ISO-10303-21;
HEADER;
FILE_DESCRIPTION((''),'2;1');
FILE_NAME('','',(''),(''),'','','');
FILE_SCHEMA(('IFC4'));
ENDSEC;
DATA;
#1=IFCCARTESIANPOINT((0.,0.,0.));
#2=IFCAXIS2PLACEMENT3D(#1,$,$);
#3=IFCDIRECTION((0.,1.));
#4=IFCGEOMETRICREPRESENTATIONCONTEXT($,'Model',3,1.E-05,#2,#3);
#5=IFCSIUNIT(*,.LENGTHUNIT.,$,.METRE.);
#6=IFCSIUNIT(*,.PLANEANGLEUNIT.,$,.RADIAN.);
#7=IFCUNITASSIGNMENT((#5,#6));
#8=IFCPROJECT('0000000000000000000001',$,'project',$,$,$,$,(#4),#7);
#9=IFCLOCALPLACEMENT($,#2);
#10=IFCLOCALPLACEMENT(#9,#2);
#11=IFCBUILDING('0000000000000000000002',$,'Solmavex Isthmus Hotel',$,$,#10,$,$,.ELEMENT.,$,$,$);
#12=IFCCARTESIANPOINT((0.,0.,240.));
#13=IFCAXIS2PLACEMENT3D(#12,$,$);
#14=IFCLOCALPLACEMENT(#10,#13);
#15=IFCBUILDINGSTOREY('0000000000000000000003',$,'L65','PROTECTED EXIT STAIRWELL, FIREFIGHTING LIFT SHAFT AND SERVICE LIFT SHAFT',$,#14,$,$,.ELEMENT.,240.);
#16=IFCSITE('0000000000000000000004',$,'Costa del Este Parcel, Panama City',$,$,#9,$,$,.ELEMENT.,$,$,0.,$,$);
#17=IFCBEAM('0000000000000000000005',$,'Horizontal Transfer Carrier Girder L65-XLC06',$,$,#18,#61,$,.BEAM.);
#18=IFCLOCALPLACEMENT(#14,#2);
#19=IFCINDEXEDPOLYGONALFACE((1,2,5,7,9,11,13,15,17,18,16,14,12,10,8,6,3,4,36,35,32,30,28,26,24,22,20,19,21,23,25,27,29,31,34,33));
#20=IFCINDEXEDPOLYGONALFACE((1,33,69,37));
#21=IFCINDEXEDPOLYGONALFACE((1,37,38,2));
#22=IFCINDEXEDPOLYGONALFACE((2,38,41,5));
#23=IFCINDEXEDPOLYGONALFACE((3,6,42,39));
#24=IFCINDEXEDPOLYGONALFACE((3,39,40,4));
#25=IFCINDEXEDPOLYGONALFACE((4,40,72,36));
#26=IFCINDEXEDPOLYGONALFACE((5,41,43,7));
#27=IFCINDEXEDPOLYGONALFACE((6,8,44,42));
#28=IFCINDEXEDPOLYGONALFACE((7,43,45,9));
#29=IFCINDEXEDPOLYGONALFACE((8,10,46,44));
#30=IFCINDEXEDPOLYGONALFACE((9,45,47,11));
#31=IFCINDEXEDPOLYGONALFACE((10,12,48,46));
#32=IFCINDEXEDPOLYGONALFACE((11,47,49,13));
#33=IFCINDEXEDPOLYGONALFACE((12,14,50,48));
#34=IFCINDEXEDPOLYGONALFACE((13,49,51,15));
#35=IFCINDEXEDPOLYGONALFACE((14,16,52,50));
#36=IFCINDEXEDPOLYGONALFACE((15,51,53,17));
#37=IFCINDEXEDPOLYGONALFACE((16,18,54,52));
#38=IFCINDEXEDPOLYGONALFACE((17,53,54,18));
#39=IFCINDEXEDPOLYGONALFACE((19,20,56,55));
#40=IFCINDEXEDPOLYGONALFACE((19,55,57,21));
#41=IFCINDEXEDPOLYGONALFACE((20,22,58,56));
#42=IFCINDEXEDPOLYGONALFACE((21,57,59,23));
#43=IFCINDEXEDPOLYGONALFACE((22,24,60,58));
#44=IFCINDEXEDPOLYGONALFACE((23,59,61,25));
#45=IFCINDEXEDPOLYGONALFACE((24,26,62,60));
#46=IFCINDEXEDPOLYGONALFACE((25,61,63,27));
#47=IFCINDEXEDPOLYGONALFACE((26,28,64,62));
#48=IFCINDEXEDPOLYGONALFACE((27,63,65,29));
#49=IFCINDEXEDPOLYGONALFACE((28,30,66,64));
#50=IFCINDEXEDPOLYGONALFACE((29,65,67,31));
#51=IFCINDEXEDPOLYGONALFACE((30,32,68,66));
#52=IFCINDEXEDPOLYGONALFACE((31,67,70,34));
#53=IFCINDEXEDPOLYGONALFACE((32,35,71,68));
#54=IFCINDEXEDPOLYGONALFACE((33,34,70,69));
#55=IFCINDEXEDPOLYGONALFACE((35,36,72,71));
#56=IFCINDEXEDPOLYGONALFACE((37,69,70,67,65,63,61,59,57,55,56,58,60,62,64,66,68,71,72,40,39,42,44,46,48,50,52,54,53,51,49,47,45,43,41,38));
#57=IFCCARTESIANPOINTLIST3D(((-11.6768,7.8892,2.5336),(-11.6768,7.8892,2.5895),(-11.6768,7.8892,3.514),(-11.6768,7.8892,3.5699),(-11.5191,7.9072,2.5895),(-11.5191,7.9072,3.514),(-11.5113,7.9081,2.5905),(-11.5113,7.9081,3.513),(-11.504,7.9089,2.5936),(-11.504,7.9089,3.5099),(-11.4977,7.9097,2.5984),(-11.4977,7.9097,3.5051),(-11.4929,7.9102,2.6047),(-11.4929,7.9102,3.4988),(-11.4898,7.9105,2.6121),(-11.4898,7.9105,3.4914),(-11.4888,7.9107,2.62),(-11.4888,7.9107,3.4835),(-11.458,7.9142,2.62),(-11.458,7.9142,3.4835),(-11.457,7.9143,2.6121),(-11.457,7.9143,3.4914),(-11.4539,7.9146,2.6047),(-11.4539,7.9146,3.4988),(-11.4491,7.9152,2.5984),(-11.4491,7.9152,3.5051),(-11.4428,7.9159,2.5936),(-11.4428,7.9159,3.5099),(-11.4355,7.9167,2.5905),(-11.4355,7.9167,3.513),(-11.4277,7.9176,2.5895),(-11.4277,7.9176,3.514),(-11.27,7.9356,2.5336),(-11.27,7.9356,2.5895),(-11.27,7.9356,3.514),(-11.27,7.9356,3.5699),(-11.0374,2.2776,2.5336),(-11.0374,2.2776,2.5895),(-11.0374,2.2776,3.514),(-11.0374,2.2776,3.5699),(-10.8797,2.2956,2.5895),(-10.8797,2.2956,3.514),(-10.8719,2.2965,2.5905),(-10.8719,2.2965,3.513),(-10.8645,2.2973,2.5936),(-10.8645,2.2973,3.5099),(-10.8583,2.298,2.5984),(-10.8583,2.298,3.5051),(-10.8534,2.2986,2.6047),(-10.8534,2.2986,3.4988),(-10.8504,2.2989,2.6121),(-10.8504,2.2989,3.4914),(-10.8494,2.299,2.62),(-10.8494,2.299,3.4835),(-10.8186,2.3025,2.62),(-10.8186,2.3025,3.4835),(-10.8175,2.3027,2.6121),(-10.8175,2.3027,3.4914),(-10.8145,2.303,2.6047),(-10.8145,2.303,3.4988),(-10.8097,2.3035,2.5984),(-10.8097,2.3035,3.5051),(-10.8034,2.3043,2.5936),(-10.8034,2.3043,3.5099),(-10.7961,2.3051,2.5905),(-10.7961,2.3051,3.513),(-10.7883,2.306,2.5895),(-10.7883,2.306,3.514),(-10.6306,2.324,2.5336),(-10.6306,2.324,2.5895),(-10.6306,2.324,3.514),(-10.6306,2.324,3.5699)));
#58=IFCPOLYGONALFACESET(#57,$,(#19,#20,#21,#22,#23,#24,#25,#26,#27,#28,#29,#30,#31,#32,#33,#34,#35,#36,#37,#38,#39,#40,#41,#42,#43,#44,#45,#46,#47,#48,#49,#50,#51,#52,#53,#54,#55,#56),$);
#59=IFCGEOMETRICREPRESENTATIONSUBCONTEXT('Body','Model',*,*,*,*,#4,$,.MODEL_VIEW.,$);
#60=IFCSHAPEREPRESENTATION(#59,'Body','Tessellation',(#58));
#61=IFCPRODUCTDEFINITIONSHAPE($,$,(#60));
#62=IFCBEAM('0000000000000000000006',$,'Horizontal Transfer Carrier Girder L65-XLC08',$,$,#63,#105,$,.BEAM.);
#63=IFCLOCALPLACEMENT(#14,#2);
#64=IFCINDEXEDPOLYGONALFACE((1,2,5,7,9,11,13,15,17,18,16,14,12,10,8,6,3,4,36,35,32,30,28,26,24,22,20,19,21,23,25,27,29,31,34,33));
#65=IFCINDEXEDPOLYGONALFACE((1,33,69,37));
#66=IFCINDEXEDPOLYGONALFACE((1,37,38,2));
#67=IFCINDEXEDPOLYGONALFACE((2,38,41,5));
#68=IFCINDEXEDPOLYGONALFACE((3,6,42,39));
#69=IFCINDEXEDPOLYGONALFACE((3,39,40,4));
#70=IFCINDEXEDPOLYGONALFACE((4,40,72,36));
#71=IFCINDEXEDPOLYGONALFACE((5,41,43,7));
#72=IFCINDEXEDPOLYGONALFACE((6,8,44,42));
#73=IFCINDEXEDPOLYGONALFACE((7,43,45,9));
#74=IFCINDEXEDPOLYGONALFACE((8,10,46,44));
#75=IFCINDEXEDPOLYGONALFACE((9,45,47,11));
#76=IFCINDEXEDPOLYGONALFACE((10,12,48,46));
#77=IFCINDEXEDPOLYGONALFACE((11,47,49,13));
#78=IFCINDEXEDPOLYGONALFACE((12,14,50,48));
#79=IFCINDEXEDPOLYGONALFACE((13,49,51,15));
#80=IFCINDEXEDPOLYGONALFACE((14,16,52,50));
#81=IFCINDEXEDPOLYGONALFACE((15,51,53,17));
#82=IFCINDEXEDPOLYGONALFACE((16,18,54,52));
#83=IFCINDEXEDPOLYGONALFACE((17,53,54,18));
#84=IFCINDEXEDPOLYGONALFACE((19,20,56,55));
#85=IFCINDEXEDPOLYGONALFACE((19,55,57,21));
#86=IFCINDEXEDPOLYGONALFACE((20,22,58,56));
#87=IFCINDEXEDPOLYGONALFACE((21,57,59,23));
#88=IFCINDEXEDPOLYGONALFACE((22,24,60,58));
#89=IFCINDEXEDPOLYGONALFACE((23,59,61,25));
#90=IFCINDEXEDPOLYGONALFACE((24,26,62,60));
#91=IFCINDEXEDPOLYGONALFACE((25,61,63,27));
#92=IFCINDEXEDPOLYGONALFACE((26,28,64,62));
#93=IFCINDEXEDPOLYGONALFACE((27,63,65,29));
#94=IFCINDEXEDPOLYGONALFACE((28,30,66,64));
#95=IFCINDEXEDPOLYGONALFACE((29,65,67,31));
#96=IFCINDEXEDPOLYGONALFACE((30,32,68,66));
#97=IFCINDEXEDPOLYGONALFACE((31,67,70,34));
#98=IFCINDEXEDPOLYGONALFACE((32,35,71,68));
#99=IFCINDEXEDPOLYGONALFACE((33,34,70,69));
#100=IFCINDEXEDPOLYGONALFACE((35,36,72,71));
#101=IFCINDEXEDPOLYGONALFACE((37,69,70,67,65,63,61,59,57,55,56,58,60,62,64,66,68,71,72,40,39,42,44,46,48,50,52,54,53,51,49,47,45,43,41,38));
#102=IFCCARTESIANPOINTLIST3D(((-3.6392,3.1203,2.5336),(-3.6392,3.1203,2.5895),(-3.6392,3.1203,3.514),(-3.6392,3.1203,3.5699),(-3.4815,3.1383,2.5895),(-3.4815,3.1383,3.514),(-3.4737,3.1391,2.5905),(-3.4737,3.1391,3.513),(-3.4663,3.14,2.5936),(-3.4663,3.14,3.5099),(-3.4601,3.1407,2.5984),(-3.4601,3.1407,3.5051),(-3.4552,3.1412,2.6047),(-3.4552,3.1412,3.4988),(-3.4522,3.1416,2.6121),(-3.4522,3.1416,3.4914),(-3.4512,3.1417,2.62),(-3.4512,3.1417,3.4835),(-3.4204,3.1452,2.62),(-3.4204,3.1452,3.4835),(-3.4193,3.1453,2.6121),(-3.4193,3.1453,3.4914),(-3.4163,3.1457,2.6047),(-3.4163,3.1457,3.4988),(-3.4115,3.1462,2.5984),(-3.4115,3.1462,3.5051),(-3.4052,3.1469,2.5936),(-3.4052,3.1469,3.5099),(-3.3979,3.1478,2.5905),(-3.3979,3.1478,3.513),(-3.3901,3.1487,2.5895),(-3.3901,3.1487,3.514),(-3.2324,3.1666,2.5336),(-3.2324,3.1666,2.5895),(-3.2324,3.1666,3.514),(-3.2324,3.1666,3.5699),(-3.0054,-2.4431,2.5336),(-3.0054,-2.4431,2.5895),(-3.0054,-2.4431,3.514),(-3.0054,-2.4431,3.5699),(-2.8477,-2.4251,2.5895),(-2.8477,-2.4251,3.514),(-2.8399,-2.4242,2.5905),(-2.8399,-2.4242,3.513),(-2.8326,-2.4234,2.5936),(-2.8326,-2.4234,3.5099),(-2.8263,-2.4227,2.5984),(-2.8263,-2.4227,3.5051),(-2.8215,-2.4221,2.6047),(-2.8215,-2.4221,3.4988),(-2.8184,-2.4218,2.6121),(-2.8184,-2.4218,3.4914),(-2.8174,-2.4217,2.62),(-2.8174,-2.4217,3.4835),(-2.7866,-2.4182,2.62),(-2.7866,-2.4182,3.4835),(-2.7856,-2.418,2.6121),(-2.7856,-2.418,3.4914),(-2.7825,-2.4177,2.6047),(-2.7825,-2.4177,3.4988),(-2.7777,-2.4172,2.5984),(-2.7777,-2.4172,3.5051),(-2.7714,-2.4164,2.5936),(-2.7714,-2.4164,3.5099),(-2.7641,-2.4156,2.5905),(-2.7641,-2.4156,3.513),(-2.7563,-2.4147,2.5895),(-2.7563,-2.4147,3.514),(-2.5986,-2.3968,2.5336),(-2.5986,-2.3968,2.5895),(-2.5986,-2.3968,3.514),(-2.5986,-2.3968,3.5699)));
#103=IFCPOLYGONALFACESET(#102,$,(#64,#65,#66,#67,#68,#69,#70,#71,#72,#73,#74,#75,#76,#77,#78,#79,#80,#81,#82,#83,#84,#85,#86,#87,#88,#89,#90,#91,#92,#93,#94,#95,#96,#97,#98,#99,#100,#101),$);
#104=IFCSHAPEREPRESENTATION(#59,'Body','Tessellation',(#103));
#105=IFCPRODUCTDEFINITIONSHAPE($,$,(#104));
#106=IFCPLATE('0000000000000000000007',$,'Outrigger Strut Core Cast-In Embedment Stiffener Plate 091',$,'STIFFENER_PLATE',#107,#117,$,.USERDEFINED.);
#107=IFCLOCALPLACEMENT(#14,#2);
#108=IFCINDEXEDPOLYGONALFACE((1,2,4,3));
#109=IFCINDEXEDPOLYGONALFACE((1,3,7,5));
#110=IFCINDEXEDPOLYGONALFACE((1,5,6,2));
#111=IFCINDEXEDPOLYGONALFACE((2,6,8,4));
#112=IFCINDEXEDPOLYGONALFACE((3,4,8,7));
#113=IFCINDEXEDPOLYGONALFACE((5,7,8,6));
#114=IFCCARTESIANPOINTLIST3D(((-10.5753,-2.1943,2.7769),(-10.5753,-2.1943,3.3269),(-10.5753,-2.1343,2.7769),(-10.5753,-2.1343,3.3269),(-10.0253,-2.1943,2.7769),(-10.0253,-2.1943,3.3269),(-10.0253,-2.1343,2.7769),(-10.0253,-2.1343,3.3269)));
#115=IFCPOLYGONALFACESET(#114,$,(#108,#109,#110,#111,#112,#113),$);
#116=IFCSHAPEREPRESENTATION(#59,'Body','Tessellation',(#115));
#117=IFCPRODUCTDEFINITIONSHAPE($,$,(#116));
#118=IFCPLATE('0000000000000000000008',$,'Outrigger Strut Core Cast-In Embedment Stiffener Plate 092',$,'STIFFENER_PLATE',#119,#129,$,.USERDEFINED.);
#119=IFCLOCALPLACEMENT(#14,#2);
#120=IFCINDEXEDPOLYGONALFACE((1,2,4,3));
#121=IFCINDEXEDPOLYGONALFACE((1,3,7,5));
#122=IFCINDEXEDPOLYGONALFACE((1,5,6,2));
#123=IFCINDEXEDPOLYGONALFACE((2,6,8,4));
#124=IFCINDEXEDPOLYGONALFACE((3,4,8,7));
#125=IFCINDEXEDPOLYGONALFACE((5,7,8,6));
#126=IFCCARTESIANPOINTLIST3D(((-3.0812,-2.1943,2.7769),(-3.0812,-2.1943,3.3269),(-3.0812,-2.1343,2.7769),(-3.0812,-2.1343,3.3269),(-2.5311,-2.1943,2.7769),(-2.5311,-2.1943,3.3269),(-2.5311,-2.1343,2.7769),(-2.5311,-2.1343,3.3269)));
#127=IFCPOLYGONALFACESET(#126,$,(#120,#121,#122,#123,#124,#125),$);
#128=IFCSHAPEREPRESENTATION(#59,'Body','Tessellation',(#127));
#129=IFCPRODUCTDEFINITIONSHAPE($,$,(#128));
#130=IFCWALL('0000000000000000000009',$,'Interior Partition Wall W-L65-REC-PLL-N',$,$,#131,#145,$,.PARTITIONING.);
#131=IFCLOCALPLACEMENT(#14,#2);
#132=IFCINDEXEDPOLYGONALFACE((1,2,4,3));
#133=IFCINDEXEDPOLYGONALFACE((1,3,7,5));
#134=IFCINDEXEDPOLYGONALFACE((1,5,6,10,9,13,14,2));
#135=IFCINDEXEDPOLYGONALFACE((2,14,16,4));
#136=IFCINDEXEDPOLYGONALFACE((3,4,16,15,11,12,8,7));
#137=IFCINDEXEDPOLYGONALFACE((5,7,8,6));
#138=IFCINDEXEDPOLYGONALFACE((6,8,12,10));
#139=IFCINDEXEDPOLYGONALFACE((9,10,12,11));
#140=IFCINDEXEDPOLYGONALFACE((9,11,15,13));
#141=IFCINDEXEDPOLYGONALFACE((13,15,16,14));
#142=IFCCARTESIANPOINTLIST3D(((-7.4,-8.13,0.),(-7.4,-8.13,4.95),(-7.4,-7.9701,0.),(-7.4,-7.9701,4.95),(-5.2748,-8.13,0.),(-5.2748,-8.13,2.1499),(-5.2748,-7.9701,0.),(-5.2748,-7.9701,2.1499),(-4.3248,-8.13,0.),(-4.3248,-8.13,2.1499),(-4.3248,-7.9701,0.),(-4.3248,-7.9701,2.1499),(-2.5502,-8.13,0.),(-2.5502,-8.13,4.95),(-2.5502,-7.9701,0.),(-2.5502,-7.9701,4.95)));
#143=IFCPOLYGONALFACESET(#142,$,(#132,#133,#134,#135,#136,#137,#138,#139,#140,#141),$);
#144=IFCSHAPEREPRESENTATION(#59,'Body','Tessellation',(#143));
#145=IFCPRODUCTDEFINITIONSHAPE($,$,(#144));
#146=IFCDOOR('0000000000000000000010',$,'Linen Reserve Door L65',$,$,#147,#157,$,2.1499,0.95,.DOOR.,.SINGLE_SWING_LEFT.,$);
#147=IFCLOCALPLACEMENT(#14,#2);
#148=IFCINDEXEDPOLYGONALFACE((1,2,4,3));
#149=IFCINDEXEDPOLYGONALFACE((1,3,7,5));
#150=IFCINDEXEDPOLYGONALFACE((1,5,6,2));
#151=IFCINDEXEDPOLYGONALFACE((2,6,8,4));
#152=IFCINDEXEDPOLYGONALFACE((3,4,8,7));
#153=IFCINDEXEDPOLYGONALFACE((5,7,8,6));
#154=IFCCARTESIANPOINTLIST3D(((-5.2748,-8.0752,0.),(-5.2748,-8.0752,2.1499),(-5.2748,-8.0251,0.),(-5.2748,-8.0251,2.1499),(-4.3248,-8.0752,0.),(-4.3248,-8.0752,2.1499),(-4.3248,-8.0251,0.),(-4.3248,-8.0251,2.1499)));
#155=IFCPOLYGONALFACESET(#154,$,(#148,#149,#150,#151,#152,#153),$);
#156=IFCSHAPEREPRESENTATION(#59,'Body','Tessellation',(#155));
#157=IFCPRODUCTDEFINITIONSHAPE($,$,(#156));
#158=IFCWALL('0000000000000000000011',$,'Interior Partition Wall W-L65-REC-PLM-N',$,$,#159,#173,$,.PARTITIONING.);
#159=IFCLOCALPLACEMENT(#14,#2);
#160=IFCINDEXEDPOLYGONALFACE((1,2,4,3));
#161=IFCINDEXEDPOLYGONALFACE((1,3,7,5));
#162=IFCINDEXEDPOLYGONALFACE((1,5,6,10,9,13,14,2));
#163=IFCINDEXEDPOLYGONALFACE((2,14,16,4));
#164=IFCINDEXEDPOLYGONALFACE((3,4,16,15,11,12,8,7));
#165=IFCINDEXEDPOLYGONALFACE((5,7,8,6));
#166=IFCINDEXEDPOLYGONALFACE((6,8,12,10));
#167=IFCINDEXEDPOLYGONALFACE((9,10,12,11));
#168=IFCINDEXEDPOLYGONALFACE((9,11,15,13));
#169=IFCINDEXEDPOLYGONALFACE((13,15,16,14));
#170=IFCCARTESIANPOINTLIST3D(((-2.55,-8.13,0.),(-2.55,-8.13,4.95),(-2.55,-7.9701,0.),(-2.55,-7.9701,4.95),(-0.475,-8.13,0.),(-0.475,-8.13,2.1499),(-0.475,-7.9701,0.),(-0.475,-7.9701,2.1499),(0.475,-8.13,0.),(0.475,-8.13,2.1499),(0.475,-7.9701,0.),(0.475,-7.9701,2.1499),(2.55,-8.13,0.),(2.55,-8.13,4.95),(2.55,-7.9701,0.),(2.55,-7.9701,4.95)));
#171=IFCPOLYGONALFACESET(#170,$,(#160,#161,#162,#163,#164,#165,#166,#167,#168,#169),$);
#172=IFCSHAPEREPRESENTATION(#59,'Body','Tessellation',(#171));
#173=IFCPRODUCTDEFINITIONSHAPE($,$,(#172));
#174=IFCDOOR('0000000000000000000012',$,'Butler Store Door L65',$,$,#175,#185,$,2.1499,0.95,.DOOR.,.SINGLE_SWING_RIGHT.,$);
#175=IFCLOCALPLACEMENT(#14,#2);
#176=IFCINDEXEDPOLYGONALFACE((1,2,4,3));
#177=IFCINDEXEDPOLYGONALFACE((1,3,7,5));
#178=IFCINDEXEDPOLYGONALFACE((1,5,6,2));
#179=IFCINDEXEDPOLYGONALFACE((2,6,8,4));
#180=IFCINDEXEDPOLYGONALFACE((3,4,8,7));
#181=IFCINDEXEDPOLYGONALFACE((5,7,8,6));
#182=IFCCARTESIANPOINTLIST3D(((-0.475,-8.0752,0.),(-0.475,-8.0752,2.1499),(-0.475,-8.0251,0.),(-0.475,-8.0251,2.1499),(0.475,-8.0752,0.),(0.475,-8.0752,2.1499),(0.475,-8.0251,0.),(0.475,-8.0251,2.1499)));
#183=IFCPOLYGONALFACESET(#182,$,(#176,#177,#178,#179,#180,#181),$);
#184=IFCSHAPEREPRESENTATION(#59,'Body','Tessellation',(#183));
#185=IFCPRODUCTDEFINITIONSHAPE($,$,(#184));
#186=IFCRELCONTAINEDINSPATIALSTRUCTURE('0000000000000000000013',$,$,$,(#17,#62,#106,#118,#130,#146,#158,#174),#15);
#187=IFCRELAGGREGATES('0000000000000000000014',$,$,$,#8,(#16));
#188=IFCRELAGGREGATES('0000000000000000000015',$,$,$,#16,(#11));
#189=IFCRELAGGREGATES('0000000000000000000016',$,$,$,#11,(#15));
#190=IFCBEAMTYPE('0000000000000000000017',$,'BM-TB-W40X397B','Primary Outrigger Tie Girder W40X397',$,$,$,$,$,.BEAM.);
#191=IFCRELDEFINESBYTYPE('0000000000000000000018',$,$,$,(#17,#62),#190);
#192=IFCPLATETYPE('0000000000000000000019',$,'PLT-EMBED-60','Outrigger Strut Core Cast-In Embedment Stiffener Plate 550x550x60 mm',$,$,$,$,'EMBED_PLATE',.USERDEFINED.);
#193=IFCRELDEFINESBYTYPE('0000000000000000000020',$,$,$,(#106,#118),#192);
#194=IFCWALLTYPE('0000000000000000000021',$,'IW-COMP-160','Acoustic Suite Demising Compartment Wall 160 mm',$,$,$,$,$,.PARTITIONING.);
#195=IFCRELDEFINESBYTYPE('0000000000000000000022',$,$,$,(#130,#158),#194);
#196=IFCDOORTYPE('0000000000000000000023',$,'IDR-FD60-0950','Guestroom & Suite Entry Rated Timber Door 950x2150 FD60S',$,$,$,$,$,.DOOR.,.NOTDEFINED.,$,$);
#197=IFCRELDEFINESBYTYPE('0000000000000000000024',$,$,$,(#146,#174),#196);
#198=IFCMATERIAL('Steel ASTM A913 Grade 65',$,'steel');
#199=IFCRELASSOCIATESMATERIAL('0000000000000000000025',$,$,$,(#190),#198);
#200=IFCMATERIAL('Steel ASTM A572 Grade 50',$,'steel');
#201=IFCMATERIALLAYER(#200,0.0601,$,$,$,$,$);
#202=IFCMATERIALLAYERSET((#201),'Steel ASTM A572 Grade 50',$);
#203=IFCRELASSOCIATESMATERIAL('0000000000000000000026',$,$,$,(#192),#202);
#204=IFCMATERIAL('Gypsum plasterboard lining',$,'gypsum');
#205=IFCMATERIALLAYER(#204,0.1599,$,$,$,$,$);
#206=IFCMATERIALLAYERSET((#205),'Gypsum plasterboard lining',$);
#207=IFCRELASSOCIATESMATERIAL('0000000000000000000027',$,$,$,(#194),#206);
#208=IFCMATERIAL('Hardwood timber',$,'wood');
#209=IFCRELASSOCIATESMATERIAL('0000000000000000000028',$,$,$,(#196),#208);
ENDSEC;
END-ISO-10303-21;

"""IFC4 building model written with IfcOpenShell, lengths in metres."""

from ifc_helpers import new_model, si_unit, direction, frame, frame_2d, origin, origin_2d, place, context, subcontext, project, spatial, rectangle, i_section, extrude, material, layer, layer_set, material_profile, profile_set, type_object, element, fill, save


model = new_model("IFC4")

# Units and contexts
model_context = context("Model", 3, precision=1e-05, world=origin(), true_north=direction((0.0, 1.0)))
body_context = subcontext(model_context, "Body", "Model", "MODEL_VIEW")
ifc_project = project(units=[si_unit("LENGTHUNIT", "METRE"), si_unit("PLANEANGLEUNIT", "RADIAN")], contexts=[model_context])

# Site, building, storey
site_placement = place(None, origin())
site = spatial("IfcSite", under=ifc_project, at=site_placement, Name="Costa del Este Parcel, Panama City", CompositionType="ELEMENT", RefElevation=0.0)
building_placement = place(site_placement, origin())
building = spatial("IfcBuilding", under=site, at=building_placement, Name="Solmavex Isthmus Hotel", CompositionType="ELEMENT")
storey_placement = place(building_placement, frame((0.0, 0.0, 240.0)))
storey = spatial("IfcBuildingStorey", under=building, at=storey_placement, Name="L65", Description="PROTECTED EXIT STAIRWELL, FIREFIGHTING LIFT SHAFT AND SERVICE LIFT SHAFT", CompositionType="ELEMENT", Elevation=240.0)

# Shared definitions
ifc_material_1 = material(Name="Steel ASTM A913 Grade 65", Category="steel")

# Beams
ifc_material_profile_1 = material_profile(ifc_material_1, i_section(OverallWidth=0.4094, OverallDepth=1.0364, WebThickness=0.031, FlangeThickness=0.0559, FilletRadius=0.0305, at=origin_2d()), Name="W40X397")
ifc_profile_set_1 = profile_set([ifc_material_profile_1], Name="Steel ASTM A913 Grade 65")
beam_type_1 = type_object("IfcBeamType", Name="BM-TB-W40X397B", Description="Primary Outrigger Tie Girder W40X397", PredefinedType="BEAM", material=ifc_profile_set_1)
beam_1_placement = place(storey_placement, frame((-10.834, 2.3008, 3.0518), z_axis=(-0.113211, 0.993571, 0.0), x_axis=(-0.993571, -0.113211, 0.0)))
element("IfcBeam", 1, at=beam_1_placement, inside=storey, type_object=beam_type_1, Name="Horizontal Transfer Carrier Girder L65-XLC06", PredefinedType="BEAM", context=body_context, shape_type="SweptSolid", body=[
    extrude(i_section(OverallWidth=0.4094, OverallDepth=1.0364, WebThickness=0.031, FlangeThickness=0.0559, FilletRadius=0.0305, at=origin_2d()), origin(), (0.0, 0.0, 1.0), 5.6479),
])
beam_2_placement = place(storey_placement, frame((-2.802, -2.4199, 3.0518), z_axis=(-0.113188, 0.993574, 0.0), x_axis=(-0.993574, -0.113188, 0.0)))
element("IfcBeam", 2, at=beam_2_placement, inside=storey, type_object=beam_type_1, Name="Horizontal Transfer Carrier Girder L65-XLC08", PredefinedType="BEAM", context=body_context, shape_type="SweptSolid", body=[
    extrude(i_section(OverallWidth=0.4094, OverallDepth=1.0364, WebThickness=0.031, FlangeThickness=0.0559, FilletRadius=0.0305, at=origin_2d()), origin(), (0.0, 0.0, 1.0), 5.5994),
])

# Plates
ifc_material_2 = material(Name="Steel ASTM A572 Grade 50", Category="steel")
ifc_layer_1 = layer(ifc_material_2, 0.0601)
ifc_layer_set_1 = layer_set([ifc_layer_1], Name="Steel ASTM A572 Grade 50")
plate_type = type_object("IfcPlateType", Name="PLT-EMBED-60", Description="Outrigger Strut Core Cast-In Embedment Stiffener Plate 550x550x60 mm", ElementType="EMBED_PLATE", PredefinedType="USERDEFINED", material=ifc_layer_set_1)
for number, where, z_axis, x_axis, name in (
    (3, (-10.3003, -2.1643, 2.7769), (0.0, 0.0, 1.0), (1.0, 0.0, 0.0), "Outrigger Strut Core Cast-In Embedment Stiffener Plate 091"),
    (4, (-2.8062, -2.1643, 2.7769), (0.0, 0.0, 1.0), (1.0, 0.0, 0.0), "Outrigger Strut Core Cast-In Embedment Stiffener Plate 092"),
):
    element("IfcPlate", number, at=place(storey_placement, frame(where, z_axis=z_axis, x_axis=x_axis)), inside=storey, type_object=plate_type, Name=name, ObjectType="STIFFENER_PLATE", PredefinedType="USERDEFINED", context=body_context, shape_type="SweptSolid", body=[
        extrude(rectangle(XDim=0.55, YDim=0.0601, at=origin_2d()), origin(), (0.0, 0.0, 1.0), 0.55),
    ])

# Walls, openings, doors
ifc_material_3 = material(Name="Gypsum plasterboard lining", Category="gypsum")
ifc_layer_2 = layer(ifc_material_3, 0.1599)
ifc_layer_set_2 = layer_set([ifc_layer_2], Name="Gypsum plasterboard lining")
wall_type_1 = type_object("IfcWallType", Name="IW-COMP-160", Description="Acoustic Suite Demising Compartment Wall 160 mm", PredefinedType="PARTITIONING", material=ifc_layer_set_2)
wall_1_placement = place(storey_placement, frame((-7.3999, -8.05, 0.0), z_axis=(0.0, 0.0, 1.0), x_axis=(1.0, 0.0, 0.0)))
wall_1 = element("IfcWall", 5, at=wall_1_placement, inside=storey, type_object=wall_type_1, Name="Interior Partition Wall W-L65-REC-PLL-N", PredefinedType="PARTITIONING", context=body_context, shape_type="SweptSolid", body=[
    extrude(rectangle(XDim=4.8499, YDim=0.1599, at=frame_2d((2.4248, 0.0))), origin(), (0.0, 0.0, 1.0), 4.95),
])
opening_1_placement = place(wall_1_placement, frame((2.125, 0.0, 0.0)))
opening_1 = element("IfcOpeningElement", 6, at=opening_1_placement, cuts=wall_1, PredefinedType="OPENING", context=body_context, shape_type="SweptSolid", body=[
    extrude(rectangle(XDim=0.95, YDim=2.1499, at=frame_2d((0.4751, 1.075))), frame((0.0, 0.0898, 0.0), z_axis=(0.0, -1.0, 0.0), x_axis=(1.0, 0.0, 0.0)), (0.0, 0.0, 1.0), 0.1799),
])
ifc_material_4 = material(Name="Hardwood timber", Category="wood")
door_type_1 = type_object("IfcDoorType", Name="IDR-FD60-0950", Description="Guestroom & Suite Entry Rated Timber Door 950x2150 FD60S", OperationType="NOTDEFINED", PredefinedType="DOOR", material=ifc_material_4)
door_1_placement = place(opening_1_placement, origin())
door_1 = element("IfcDoor", 7, at=door_1_placement, inside=storey, type_object=door_type_1, Name="Linen Reserve Door L65", OperationType="SINGLE_SWING_LEFT", OverallHeight=2.1499, OverallWidth=0.95, PredefinedType="DOOR", context=body_context, shape_type="SweptSolid", body=[
    extrude(rectangle(XDim=0.95, YDim=2.1499, at=frame_2d((0.4751, 1.075))), frame((0.0, 0.0249, 0.0), z_axis=(0.0, -1.0, 0.0), x_axis=(1.0, 0.0, 0.0)), (0.0, 0.0, 1.0), 0.05),
])
fill(opening_1, door_1)
wall_2_placement = place(storey_placement, frame((-2.55, -8.05, 0.0), z_axis=(0.0, 0.0, 1.0), x_axis=(1.0, 0.0, 0.0)))
wall_2 = element("IfcWall", 8, at=wall_2_placement, inside=storey, type_object=wall_type_1, Name="Interior Partition Wall W-L65-REC-PLM-N", PredefinedType="PARTITIONING", context=body_context, shape_type="SweptSolid", body=[
    extrude(rectangle(XDim=5.1001, YDim=0.1599, at=frame_2d((2.55, 0.0))), origin(), (0.0, 0.0, 1.0), 4.95),
])
opening_2_placement = place(wall_2_placement, frame((2.075, 0.0, 0.0)))
opening_2 = element("IfcOpeningElement", 9, at=opening_2_placement, cuts=wall_2, PredefinedType="OPENING", context=body_context, shape_type="SweptSolid", body=[
    extrude(rectangle(XDim=0.95, YDim=2.1499, at=frame_2d((0.4751, 1.075))), frame((0.0, 0.0898, 0.0), z_axis=(0.0, -1.0, 0.0), x_axis=(1.0, 0.0, 0.0)), (0.0, 0.0, 1.0), 0.1799),
])
door_2_placement = place(opening_2_placement, origin())
door_2 = element("IfcDoor", 10, at=door_2_placement, inside=storey, type_object=door_type_1, Name="Butler Store Door L65", OperationType="SINGLE_SWING_RIGHT", OverallHeight=2.1499, OverallWidth=0.95, PredefinedType="DOOR", context=body_context, shape_type="SweptSolid", body=[
    extrude(rectangle(XDim=0.95, YDim=2.1499, at=frame_2d((0.4751, 1.075))), frame((0.0, 0.0249, 0.0), z_axis=(0.0, -1.0, 0.0), x_axis=(1.0, 0.0, 0.0)), (0.0, 0.0, 1.0), 0.05),
])
fill(opening_2, door_2)

save(model, "model.ifc")
